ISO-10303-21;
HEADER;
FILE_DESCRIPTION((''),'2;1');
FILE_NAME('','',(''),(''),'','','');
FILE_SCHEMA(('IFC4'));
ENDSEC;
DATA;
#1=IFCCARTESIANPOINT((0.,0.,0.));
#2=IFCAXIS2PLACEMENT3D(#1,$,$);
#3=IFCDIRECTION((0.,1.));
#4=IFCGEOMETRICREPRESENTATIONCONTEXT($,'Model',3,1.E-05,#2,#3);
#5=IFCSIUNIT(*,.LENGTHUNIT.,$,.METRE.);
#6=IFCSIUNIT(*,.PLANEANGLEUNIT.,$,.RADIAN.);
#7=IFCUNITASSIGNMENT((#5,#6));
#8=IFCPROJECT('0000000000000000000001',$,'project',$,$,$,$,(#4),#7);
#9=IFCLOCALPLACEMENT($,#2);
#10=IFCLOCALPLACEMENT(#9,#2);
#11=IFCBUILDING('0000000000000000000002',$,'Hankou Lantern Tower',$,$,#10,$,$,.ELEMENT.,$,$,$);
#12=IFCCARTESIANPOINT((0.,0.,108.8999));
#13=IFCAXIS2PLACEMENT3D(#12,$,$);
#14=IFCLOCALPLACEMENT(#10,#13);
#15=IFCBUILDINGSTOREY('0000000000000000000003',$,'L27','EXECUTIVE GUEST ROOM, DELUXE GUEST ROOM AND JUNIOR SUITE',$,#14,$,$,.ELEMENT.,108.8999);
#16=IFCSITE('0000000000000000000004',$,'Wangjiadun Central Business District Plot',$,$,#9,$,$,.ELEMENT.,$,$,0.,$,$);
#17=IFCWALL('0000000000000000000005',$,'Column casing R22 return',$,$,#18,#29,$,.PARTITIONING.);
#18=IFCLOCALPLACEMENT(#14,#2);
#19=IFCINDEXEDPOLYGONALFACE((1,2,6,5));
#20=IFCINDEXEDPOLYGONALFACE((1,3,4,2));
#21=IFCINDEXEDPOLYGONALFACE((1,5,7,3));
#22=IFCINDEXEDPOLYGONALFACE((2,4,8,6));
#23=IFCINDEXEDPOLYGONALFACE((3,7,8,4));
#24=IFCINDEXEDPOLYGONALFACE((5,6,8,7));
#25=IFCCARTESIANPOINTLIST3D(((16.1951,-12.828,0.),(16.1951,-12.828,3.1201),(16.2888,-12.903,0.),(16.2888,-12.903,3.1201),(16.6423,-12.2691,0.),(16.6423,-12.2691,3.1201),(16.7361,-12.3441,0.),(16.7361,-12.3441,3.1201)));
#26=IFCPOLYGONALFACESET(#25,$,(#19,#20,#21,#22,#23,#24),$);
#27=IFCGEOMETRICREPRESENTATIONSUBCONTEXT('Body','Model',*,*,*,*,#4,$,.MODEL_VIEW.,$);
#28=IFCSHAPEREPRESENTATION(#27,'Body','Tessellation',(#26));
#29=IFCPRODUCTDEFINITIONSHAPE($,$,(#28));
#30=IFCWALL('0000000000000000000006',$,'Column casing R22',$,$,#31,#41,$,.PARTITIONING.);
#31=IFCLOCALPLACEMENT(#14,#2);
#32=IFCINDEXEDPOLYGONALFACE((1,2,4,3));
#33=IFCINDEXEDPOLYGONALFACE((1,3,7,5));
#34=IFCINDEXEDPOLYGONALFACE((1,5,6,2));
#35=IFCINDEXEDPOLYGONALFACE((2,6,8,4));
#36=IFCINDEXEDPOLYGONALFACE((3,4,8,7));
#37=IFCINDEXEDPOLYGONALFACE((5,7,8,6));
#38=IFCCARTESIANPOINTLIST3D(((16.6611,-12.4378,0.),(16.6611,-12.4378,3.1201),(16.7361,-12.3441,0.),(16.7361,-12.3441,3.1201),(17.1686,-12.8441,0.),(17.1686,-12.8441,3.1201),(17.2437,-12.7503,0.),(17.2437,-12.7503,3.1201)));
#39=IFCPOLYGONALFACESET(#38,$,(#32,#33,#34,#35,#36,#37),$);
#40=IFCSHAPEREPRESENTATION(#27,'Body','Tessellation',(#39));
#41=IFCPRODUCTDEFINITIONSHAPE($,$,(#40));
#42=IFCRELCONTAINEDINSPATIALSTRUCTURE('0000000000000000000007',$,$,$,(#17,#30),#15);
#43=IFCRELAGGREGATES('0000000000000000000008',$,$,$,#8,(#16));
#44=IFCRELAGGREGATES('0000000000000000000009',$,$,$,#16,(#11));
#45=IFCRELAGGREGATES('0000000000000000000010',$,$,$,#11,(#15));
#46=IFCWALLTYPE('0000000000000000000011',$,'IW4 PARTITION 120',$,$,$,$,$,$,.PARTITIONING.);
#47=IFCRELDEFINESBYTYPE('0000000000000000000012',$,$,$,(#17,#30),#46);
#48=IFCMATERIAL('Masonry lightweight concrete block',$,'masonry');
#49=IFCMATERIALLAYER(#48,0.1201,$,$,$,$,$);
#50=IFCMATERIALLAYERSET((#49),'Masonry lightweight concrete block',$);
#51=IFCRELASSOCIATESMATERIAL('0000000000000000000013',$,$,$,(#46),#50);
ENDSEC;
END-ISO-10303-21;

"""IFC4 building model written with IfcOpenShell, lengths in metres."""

from ifc_helpers import new_model, si_unit, direction, frame, frame_2d, origin, place, context, subcontext, project, spatial, rectangle, extrude, material, layer, layer_set, type_object, element, save


model = new_model("IFC4")

# Units and contexts
model_context = context("Model", 3, precision=1e-05, world=origin(), true_north=direction((0.0, 1.0)))
body_context = subcontext(model_context, "Body", "Model", "MODEL_VIEW")
ifc_project = project(units=[si_unit("LENGTHUNIT", "METRE"), si_unit("PLANEANGLEUNIT", "RADIAN")], contexts=[model_context])

# Site, building, storey
site_placement = place(None, origin())
site = spatial("IfcSite", under=ifc_project, at=site_placement, Name="Wangjiadun Central Business District Plot", CompositionType="ELEMENT", RefElevation=0.0)
building_placement = place(site_placement, origin())
building = spatial("IfcBuilding", under=site, at=building_placement, Name="Hankou Lantern Tower", CompositionType="ELEMENT")
storey_placement = place(building_placement, frame((0.0, 0.0, 108.8999)))
storey = spatial("IfcBuildingStorey", under=building, at=storey_placement, Name="L27", Description="EXECUTIVE GUEST ROOM, DELUXE GUEST ROOM AND JUNIOR SUITE", CompositionType="ELEMENT", Elevation=108.8999)

# Walls
ifc_material_1 = material(Name="Masonry lightweight concrete block", Category="masonry")
ifc_layer_1 = layer(ifc_material_1, 0.1201)
ifc_layer_set_1 = layer_set([ifc_layer_1], Name="Masonry lightweight concrete block")
wall_type_1 = type_object("IfcWallType", Name="IW4 PARTITION 120", PredefinedType="PARTITIONING", material=ifc_layer_set_1)
wall_1_placement = place(storey_placement, frame((16.2419, -12.8655, 0.0), z_axis=(0.0, 0.0, 1.0), x_axis=(0.624861, 0.780736, 0.0)))
element("IfcWall", 1, at=wall_1_placement, inside=storey, type_object=wall_type_1, Name="Column casing R22 return", PredefinedType="PARTITIONING", context=body_context, shape_type="SweptSolid", body=[
    extrude(rectangle(XDim=0.7158, YDim=0.1201, at=frame_2d((0.3579, 0.0))), origin(), (0.0, 0.0, 1.0), 3.1201),
])
wall_2_placement = place(storey_placement, frame((16.6985, -12.3909, 0.0), z_axis=(0.0, 0.0, 1.0), x_axis=(0.780722, -0.624878, 0.0)))
element("IfcWall", 2, at=wall_2_placement, inside=storey, type_object=wall_type_1, Name="Column casing R22", PredefinedType="PARTITIONING", context=body_context, shape_type="SweptSolid", body=[
    extrude(rectangle(XDim=0.6501, YDim=0.1201, at=frame_2d((0.3252, 0.0))), origin(), (0.0, 0.0, 1.0), 3.1201),
])

save(model, "model.ifc")
